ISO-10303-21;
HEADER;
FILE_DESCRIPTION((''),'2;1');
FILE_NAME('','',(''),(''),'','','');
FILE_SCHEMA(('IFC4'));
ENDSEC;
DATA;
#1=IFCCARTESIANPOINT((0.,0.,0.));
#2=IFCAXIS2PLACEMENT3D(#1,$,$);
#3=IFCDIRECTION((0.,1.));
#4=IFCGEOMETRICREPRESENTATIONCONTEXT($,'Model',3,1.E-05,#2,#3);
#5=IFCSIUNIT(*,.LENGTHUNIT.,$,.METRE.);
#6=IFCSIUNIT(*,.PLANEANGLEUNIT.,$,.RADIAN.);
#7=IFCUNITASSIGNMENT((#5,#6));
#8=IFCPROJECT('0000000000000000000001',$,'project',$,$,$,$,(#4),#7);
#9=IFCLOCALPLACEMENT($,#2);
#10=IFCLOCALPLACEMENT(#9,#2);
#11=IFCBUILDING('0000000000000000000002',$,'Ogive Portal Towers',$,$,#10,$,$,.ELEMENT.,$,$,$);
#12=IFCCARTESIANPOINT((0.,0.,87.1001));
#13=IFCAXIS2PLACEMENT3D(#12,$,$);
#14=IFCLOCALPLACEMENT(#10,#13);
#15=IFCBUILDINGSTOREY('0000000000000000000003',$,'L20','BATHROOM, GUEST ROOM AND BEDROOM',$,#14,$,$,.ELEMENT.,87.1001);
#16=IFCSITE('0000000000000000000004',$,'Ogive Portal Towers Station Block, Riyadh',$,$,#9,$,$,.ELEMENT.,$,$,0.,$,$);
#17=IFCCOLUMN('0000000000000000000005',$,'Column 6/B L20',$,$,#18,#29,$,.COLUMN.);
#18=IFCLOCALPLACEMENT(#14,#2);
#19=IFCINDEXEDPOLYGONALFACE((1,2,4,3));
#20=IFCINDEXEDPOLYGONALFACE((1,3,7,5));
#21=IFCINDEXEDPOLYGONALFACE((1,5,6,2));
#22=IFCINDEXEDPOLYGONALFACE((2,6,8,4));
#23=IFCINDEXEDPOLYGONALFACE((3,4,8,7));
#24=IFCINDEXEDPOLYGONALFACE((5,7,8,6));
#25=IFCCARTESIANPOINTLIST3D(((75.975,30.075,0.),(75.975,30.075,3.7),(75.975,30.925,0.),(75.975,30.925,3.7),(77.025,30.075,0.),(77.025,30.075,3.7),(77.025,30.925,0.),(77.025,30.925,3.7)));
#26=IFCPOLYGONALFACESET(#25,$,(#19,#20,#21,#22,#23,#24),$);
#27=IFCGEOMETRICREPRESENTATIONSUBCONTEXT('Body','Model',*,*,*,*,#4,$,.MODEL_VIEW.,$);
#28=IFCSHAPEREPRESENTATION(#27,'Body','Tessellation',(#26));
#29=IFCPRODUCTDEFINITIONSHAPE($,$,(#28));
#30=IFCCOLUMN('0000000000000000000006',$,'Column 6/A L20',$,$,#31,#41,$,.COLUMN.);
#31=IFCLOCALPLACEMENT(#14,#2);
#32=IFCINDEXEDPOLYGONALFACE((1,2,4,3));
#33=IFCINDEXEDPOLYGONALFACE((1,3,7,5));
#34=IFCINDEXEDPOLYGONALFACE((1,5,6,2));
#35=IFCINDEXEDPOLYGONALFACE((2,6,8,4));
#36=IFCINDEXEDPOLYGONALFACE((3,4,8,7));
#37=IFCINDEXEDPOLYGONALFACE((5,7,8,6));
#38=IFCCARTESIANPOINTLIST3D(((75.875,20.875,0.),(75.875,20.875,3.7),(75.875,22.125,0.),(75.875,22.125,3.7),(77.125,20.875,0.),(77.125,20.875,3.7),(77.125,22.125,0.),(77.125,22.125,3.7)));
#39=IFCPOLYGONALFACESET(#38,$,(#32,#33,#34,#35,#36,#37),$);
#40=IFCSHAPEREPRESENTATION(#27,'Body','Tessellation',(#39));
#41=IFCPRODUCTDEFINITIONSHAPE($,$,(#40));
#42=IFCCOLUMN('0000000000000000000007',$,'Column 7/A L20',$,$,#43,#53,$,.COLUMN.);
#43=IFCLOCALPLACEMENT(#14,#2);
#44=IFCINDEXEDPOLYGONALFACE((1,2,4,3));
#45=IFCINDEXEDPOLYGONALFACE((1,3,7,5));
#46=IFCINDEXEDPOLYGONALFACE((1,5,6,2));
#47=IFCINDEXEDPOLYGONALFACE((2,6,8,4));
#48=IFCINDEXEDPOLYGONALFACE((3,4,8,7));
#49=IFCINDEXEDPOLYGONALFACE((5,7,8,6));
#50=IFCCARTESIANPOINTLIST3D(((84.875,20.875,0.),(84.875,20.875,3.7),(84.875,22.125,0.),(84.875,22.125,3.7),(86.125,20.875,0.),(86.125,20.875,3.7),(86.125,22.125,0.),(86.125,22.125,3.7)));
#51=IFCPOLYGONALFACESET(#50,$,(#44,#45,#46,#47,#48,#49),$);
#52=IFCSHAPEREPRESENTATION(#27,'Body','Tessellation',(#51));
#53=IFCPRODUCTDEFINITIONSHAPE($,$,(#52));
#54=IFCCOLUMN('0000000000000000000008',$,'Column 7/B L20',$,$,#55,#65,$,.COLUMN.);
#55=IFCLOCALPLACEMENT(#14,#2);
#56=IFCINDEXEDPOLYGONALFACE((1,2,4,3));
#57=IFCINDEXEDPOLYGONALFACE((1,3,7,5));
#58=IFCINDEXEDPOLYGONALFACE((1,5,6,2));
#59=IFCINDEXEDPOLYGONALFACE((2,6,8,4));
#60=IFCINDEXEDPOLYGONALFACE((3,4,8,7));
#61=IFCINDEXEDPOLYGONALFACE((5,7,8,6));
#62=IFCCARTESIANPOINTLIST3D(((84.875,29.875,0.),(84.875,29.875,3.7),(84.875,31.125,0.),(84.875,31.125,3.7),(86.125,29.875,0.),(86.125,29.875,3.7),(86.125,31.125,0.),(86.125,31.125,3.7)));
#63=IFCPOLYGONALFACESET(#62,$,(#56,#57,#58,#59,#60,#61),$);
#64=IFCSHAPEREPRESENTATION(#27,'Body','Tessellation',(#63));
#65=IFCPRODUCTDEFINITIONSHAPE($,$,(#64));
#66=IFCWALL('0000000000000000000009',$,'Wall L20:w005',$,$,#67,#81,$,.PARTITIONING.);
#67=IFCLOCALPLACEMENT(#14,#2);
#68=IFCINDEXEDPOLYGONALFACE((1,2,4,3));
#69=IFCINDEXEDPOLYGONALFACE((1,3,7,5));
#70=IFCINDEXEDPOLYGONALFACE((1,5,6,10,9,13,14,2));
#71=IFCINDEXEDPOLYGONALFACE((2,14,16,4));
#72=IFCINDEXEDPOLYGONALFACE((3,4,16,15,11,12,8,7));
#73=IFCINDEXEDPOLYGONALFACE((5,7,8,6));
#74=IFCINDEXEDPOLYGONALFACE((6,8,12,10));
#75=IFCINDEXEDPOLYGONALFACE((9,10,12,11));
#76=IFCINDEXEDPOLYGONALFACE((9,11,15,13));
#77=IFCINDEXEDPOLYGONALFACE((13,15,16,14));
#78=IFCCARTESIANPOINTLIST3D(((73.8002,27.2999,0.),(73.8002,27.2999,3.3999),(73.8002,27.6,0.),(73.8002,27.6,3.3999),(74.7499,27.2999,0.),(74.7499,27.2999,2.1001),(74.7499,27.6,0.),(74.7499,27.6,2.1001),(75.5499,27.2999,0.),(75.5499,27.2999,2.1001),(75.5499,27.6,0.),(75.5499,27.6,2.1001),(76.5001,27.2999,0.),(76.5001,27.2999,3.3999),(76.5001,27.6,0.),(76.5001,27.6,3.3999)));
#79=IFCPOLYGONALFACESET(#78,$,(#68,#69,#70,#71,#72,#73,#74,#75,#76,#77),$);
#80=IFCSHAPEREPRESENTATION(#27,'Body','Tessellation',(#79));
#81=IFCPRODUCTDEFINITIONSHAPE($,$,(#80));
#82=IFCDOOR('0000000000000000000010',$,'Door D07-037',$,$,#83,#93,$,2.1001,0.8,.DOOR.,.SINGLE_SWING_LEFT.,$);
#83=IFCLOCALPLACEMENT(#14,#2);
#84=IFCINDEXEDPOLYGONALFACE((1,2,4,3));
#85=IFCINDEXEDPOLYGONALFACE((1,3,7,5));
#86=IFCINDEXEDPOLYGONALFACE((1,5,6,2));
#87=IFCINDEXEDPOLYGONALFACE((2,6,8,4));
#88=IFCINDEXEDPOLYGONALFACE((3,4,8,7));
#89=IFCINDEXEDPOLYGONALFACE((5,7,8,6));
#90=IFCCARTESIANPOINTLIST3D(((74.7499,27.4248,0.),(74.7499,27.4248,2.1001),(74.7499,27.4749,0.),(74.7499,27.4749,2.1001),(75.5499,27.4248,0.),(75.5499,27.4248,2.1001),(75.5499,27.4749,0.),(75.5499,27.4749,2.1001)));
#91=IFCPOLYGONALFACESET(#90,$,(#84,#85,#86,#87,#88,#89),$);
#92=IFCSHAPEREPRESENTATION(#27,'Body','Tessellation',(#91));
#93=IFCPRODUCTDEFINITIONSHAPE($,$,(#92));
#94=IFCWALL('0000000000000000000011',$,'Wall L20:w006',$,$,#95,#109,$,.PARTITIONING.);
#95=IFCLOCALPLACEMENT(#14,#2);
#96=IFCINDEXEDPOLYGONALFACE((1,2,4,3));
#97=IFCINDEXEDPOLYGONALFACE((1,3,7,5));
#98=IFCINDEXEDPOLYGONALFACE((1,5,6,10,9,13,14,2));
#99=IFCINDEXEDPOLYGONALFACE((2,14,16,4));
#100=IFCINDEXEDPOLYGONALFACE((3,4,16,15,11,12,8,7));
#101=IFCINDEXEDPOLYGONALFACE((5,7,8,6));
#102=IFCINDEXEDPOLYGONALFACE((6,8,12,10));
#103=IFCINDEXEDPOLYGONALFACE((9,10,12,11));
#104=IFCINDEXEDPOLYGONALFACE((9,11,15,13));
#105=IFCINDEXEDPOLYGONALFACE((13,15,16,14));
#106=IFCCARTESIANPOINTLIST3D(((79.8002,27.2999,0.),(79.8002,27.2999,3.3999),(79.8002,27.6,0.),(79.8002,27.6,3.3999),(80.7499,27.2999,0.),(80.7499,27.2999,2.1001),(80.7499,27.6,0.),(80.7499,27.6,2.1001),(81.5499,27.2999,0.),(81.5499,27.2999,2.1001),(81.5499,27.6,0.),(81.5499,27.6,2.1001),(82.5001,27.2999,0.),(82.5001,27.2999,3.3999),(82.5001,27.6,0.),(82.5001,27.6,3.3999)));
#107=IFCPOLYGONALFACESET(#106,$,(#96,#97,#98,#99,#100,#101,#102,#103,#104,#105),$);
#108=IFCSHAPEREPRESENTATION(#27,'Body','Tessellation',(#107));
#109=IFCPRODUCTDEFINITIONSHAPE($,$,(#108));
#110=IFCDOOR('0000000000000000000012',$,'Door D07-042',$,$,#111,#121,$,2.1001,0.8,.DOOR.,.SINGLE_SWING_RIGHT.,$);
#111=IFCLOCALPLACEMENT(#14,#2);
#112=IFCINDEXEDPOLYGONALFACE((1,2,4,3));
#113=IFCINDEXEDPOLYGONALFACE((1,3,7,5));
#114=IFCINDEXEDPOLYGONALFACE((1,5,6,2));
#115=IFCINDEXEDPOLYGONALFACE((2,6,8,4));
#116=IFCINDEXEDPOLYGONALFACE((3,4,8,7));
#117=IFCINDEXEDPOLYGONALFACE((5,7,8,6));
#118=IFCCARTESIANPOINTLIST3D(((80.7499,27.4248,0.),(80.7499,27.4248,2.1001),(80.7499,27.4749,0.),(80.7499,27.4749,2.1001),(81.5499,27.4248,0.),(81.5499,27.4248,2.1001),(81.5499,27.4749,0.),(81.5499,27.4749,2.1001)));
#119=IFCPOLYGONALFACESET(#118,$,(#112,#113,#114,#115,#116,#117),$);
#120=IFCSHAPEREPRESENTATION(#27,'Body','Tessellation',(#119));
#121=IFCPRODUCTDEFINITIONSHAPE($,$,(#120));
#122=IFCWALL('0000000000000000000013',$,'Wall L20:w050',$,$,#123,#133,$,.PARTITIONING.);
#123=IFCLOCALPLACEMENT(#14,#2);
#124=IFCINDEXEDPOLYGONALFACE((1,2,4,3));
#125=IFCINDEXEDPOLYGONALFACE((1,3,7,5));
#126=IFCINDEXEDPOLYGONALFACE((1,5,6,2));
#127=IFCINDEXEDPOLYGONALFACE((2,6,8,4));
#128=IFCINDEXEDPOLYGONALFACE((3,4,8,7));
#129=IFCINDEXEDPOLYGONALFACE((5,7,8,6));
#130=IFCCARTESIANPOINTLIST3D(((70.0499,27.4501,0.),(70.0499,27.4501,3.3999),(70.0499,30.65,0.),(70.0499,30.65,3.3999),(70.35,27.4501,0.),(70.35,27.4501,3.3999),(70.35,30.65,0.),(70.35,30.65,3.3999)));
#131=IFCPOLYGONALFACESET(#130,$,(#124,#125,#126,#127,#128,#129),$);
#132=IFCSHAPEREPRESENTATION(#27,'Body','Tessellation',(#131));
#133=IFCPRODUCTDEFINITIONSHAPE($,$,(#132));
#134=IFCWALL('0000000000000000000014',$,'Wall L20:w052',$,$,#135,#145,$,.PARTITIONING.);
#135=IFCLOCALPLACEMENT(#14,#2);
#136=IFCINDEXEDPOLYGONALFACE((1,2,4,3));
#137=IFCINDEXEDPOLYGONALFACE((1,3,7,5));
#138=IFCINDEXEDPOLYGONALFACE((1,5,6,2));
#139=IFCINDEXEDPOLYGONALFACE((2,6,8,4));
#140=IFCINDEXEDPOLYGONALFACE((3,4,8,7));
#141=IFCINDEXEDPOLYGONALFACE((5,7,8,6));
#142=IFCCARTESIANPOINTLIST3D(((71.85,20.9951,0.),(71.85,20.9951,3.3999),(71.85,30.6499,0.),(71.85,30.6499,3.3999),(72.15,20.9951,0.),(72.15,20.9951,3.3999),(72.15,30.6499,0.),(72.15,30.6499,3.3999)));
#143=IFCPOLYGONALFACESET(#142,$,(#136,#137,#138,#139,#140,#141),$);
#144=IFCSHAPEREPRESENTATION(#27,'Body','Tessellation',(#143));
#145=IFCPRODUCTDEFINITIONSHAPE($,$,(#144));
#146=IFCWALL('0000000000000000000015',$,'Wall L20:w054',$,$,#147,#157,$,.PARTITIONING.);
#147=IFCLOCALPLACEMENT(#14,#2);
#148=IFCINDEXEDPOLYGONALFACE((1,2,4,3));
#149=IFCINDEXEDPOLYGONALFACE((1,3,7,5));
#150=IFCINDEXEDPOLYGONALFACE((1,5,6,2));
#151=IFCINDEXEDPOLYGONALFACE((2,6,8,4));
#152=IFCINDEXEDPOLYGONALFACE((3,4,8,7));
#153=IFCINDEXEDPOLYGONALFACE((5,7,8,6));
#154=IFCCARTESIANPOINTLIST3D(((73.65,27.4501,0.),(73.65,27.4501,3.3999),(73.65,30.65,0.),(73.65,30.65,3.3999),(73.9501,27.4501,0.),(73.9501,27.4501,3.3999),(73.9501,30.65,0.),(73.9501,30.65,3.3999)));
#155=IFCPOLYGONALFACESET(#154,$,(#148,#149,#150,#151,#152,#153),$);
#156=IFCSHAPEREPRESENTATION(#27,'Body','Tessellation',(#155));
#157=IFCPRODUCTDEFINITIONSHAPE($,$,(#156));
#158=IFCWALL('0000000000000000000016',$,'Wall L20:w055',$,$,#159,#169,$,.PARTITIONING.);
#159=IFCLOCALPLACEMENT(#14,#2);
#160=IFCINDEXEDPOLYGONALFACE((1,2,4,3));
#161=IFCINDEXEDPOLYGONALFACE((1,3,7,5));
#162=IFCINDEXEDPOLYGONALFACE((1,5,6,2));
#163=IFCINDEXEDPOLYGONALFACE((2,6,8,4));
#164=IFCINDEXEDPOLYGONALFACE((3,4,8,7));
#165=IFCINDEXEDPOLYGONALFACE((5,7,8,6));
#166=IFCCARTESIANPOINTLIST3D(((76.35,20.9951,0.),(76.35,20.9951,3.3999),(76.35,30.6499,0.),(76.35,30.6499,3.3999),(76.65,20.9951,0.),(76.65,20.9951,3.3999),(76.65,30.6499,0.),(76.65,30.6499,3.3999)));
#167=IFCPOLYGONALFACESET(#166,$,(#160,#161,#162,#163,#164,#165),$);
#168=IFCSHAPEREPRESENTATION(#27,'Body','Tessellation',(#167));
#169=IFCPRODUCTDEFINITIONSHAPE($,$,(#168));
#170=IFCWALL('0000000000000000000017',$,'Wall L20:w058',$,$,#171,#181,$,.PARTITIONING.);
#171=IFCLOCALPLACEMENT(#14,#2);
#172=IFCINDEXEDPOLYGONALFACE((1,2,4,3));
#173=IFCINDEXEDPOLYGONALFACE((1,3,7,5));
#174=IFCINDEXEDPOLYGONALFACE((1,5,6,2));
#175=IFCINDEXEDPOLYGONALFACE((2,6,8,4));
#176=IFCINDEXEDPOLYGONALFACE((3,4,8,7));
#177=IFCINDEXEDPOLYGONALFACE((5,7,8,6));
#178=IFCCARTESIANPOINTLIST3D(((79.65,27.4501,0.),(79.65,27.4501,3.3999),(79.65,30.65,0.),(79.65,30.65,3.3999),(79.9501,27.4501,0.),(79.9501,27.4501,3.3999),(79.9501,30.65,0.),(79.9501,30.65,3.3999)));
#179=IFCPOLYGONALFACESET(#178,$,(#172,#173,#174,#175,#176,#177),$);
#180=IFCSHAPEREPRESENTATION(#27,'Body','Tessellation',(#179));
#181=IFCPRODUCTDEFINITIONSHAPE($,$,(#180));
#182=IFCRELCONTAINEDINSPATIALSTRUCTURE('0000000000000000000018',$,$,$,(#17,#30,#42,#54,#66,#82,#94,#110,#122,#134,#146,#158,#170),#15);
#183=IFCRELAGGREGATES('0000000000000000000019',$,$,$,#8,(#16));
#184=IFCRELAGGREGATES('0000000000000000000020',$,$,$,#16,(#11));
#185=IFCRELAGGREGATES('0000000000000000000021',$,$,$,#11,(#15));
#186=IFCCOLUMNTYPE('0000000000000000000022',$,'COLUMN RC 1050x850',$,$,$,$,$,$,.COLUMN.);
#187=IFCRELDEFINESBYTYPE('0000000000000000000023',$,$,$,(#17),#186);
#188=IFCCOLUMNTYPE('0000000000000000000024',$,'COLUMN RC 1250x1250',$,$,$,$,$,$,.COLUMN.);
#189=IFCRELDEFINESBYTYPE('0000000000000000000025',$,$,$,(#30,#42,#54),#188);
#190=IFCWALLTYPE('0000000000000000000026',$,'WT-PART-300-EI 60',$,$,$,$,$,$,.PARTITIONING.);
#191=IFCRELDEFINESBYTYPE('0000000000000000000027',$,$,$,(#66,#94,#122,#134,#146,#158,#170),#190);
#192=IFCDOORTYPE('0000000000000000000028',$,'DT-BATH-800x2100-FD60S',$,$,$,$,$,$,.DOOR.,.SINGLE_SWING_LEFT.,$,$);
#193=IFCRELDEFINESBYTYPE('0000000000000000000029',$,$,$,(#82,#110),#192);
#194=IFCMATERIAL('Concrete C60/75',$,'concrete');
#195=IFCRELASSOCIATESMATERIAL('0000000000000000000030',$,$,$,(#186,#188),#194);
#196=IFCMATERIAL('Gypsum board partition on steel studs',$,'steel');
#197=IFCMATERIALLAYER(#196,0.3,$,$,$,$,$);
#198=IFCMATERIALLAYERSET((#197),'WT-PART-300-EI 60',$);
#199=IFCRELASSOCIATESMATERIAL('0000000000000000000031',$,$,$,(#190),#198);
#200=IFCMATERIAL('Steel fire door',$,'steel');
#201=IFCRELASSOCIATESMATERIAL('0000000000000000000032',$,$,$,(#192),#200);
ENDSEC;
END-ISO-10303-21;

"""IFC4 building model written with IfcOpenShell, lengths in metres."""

from ifc_helpers import new_model, si_unit, direction, frame, frame_2d, origin, origin_2d, place, context, subcontext, project, spatial, rectangle, extrude, material, layer, layer_set, material_profile, profile_set, type_object, element, fill, save


model = new_model("IFC4")

# Units and contexts
model_context = context("Model", 3, precision=1e-05, world=origin(), true_north=direction((0.0, 1.0)))
body_context = subcontext(model_context, "Body", "Model", "MODEL_VIEW")
ifc_project = project(units=[si_unit("LENGTHUNIT", "METRE"), si_unit("PLANEANGLEUNIT", "RADIAN")], contexts=[model_context])

# Site, building, storey
site_placement = place(None, origin())
site = spatial("IfcSite", under=ifc_project, at=site_placement, Name="Ogive Portal Towers Station Block, Riyadh", CompositionType="ELEMENT", RefElevation=0.0)
building_placement = place(site_placement, origin())
building = spatial("IfcBuilding", under=site, at=building_placement, Name="Ogive Portal Towers", CompositionType="ELEMENT")
storey_placement = place(building_placement, frame((0.0, 0.0, 87.1001)))
storey = spatial("IfcBuildingStorey", under=building, at=storey_placement, Name="L20", Description="BATHROOM, GUEST ROOM AND BEDROOM", CompositionType="ELEMENT", Elevation=87.1001)

# Columns
ifc_material_1 = material(Name="Concrete C60/75", Category="concrete")
ifc_material_profile_1 = material_profile(ifc_material_1, rectangle(XDim=1.05, YDim=0.8501, at=origin_2d()), Name="RC 1050x850")
ifc_profile_set_1 = profile_set([ifc_material_profile_1], Name="Concrete C60/75")
column_type_1 = type_object("IfcColumnType", Name="COLUMN RC 1050x850", PredefinedType="COLUMN", material=ifc_profile_set_1)
column_placement = place(storey_placement, frame((76.5, 30.5, 0.0), z_axis=(0.0, 0.0, 1.0), x_axis=(1.0, 0.0, 0.0)))
element("IfcColumn", 1, at=column_placement, inside=storey, type_object=column_type_1, Name="Column 6/B L20", PredefinedType="COLUMN", context=body_context, shape_type="SweptSolid", body=[
    extrude(rectangle(XDim=1.05, YDim=0.8501, at=origin_2d()), origin(), (0.0, 0.0, 1.0), 3.7),
])
ifc_material_profile_2 = material_profile(ifc_material_1, rectangle(XDim=1.25, YDim=1.25, at=origin_2d()), Name="RC 1250x1250")
ifc_profile_set_2 = profile_set([ifc_material_profile_2], Name="Concrete C60/75")
column_type_2 = type_object("IfcColumnType", Name="COLUMN RC 1250x1250", PredefinedType="COLUMN", material=ifc_profile_set_2)
for number, where, z_axis, x_axis, name in (
    (2, (76.5, 21.5, 0.0), (0.0, 0.0, 1.0), (1.0, 0.0, 0.0), "Column 6/A L20"),
    (3, (85.5, 21.5, 0.0), (0.0, 0.0, 1.0), (1.0, 0.0, 0.0), "Column 7/A L20"),
    (4, (85.5, 30.5, 0.0), (0.0, 0.0, 1.0), (1.0, 0.0, 0.0), "Column 7/B L20"),
):
    element("IfcColumn", number, at=place(storey_placement, frame(where, z_axis=z_axis, x_axis=x_axis)), inside=storey, type_object=column_type_2, Name=name, PredefinedType="COLUMN", context=body_context, shape_type="SweptSolid", body=[
        extrude(rectangle(XDim=1.25, YDim=1.25, at=origin_2d()), origin(), (0.0, 0.0, 1.0), 3.7),
    ])

# Walls, openings, doors
ifc_material_2 = material(Name="Gypsum board partition on steel studs", Category="steel")
ifc_layer_1 = layer(ifc_material_2, 0.3)
ifc_layer_set_1 = layer_set([ifc_layer_1], Name="WT-PART-300-EI 60")
wall_type = type_object("IfcWallType", Name="WT-PART-300-EI 60", PredefinedType="PARTITIONING", material=ifc_layer_set_1)
wall_1_placement = place(storey_placement, frame((73.8, 27.45, 0.0), z_axis=(0.0, 0.0, 1.0), x_axis=(1.0, 0.0, 0.0)))
wall_1 = element("IfcWall", 5, at=wall_1_placement, inside=storey, type_object=wall_type, Name="Wall L20:w005", PredefinedType="PARTITIONING", context=body_context, shape_type="SweptSolid", body=[
    extrude(rectangle(XDim=2.7, YDim=0.3, at=frame_2d((1.3501, 0.0))), origin(), (0.0, 0.0, 1.0), 3.3999),
])
opening_1_placement = place(wall_1_placement, frame((0.95, 0.0, 0.0)))
opening_1 = element("IfcOpeningElement", 6, at=opening_1_placement, cuts=wall_1, PredefinedType="OPENING", context=body_context, shape_type="SweptSolid", body=[
    extrude(rectangle(XDim=0.8, YDim=2.1001, at=frame_2d((0.3999, 1.05))), frame((0.0, 0.1602, 0.0), z_axis=(0.0, -1.0, 0.0), x_axis=(1.0, 0.0, 0.0)), (0.0, 0.0, 1.0), 0.3201),
])
ifc_material_3 = material(Name="Steel fire door", Category="steel")
door_type = type_object("IfcDoorType", Name="DT-BATH-800x2100-FD60S", OperationType="SINGLE_SWING_LEFT", PredefinedType="DOOR", material=ifc_material_3)
door_1_placement = place(opening_1_placement, origin())
door_1 = element("IfcDoor", 7, at=door_1_placement, inside=storey, type_object=door_type, Name="Door D07-037", OperationType="SINGLE_SWING_LEFT", OverallHeight=2.1001, OverallWidth=0.8, PredefinedType="DOOR", context=body_context, shape_type="SweptSolid", body=[
    extrude(rectangle(XDim=0.8, YDim=2.1001, at=frame_2d((0.3999, 1.05))), frame((0.0, 0.0249, 0.0), z_axis=(0.0, -1.0, 0.0), x_axis=(1.0, 0.0, 0.0)), (0.0, 0.0, 1.0), 0.05),
])
fill(opening_1, door_1)
wall_2_placement = place(storey_placement, frame((79.8, 27.45, 0.0), z_axis=(0.0, 0.0, 1.0), x_axis=(1.0, 0.0, 0.0)))
wall_2 = element("IfcWall", 8, at=wall_2_placement, inside=storey, type_object=wall_type, Name="Wall L20:w006", PredefinedType="PARTITIONING", context=body_context, shape_type="SweptSolid", body=[
    extrude(rectangle(XDim=2.7, YDim=0.3, at=frame_2d((1.3501, 0.0))), origin(), (0.0, 0.0, 1.0), 3.3999),
])
opening_2_placement = place(wall_2_placement, frame((0.95, 0.0, 0.0)))
opening_2 = element("IfcOpeningElement", 9, at=opening_2_placement, cuts=wall_2, PredefinedType="OPENING", context=body_context, shape_type="SweptSolid", body=[
    extrude(rectangle(XDim=0.8, YDim=2.1001, at=frame_2d((0.3999, 1.05))), frame((0.0, 0.1602, 0.0), z_axis=(0.0, -1.0, 0.0), x_axis=(1.0, 0.0, 0.0)), (0.0, 0.0, 1.0), 0.3201),
])
door_2_placement = place(opening_2_placement, origin())
door_2 = element("IfcDoor", 10, at=door_2_placement, inside=storey, type_object=door_type, Name="Door D07-042", OperationType="SINGLE_SWING_RIGHT", OverallHeight=2.1001, OverallWidth=0.8, PredefinedType="DOOR", context=body_context, shape_type="SweptSolid", body=[
    extrude(rectangle(XDim=0.8, YDim=2.1001, at=frame_2d((0.3999, 1.05))), frame((0.0, 0.0249, 0.0), z_axis=(0.0, -1.0, 0.0), x_axis=(1.0, 0.0, 0.0)), (0.0, 0.0, 1.0), 0.05),
])
fill(opening_2, door_2)

# Walls
wall_3_placement = place(storey_placement, frame((70.2, 27.45, 0.0), z_axis=(0.0, 0.0, 1.0), x_axis=(0.0, 1.0, 0.0)))
element("IfcWall", 11, at=wall_3_placement, inside=storey, type_object=wall_type, Name="Wall L20:w050", PredefinedType="PARTITIONING", context=body_context, shape_type="SweptSolid", body=[
    extrude(rectangle(XDim=3.2, YDim=0.3, at=frame_2d((1.6001, 0.0))), origin(), (0.0, 0.0, 1.0), 3.3999),
])
wall_4_placement = place(storey_placement, frame((72.0, 20.9951, 0.0), z_axis=(0.0, 0.0, 1.0), x_axis=(0.0, 1.0, 0.0)))
element("IfcWall", 12, at=wall_4_placement, inside=storey, type_object=wall_type, Name="Wall L20:w052", PredefinedType="PARTITIONING", context=body_context, shape_type="SweptSolid", body=[
    extrude(rectangle(XDim=9.6548, YDim=0.3, at=frame_2d((4.8274, 0.0))), origin(), (0.0, 0.0, 1.0), 3.3999),
])
wall_5_placement = place(storey_placement, frame((73.8, 27.45, 0.0), z_axis=(0.0, 0.0, 1.0), x_axis=(0.0, 1.0, 0.0)))
element("IfcWall", 13, at=wall_5_placement, inside=storey, type_object=wall_type, Name="Wall L20:w054", PredefinedType="PARTITIONING", context=body_context, shape_type="SweptSolid", body=[
    extrude(rectangle(XDim=3.2, YDim=0.3, at=frame_2d((1.6001, 0.0))), origin(), (0.0, 0.0, 1.0), 3.3999),
])
wall_6_placement = place(storey_placement, frame((76.5, 20.9951, 0.0), z_axis=(0.0, 0.0, 1.0), x_axis=(0.0, 1.0, 0.0)))
element("IfcWall", 14, at=wall_6_placement, inside=storey, type_object=wall_type, Name="Wall L20:w055", PredefinedType="PARTITIONING", context=body_context, shape_type="SweptSolid", body=[
    extrude(rectangle(XDim=9.6548, YDim=0.3, at=frame_2d((4.8274, 0.0))), origin(), (0.0, 0.0, 1.0), 3.3999),
])
wall_7_placement = place(storey_placement, frame((79.8, 27.45, 0.0), z_axis=(0.0, 0.0, 1.0), x_axis=(0.0, 1.0, 0.0)))
element("IfcWall", 15, at=wall_7_placement, inside=storey, type_object=wall_type, Name="Wall L20:w058", PredefinedType="PARTITIONING", context=body_context, shape_type="SweptSolid", body=[
    extrude(rectangle(XDim=3.2, YDim=0.3, at=frame_2d((1.6001, 0.0))), origin(), (0.0, 0.0, 1.0), 3.3999),
])

save(model, "model.ifc")
